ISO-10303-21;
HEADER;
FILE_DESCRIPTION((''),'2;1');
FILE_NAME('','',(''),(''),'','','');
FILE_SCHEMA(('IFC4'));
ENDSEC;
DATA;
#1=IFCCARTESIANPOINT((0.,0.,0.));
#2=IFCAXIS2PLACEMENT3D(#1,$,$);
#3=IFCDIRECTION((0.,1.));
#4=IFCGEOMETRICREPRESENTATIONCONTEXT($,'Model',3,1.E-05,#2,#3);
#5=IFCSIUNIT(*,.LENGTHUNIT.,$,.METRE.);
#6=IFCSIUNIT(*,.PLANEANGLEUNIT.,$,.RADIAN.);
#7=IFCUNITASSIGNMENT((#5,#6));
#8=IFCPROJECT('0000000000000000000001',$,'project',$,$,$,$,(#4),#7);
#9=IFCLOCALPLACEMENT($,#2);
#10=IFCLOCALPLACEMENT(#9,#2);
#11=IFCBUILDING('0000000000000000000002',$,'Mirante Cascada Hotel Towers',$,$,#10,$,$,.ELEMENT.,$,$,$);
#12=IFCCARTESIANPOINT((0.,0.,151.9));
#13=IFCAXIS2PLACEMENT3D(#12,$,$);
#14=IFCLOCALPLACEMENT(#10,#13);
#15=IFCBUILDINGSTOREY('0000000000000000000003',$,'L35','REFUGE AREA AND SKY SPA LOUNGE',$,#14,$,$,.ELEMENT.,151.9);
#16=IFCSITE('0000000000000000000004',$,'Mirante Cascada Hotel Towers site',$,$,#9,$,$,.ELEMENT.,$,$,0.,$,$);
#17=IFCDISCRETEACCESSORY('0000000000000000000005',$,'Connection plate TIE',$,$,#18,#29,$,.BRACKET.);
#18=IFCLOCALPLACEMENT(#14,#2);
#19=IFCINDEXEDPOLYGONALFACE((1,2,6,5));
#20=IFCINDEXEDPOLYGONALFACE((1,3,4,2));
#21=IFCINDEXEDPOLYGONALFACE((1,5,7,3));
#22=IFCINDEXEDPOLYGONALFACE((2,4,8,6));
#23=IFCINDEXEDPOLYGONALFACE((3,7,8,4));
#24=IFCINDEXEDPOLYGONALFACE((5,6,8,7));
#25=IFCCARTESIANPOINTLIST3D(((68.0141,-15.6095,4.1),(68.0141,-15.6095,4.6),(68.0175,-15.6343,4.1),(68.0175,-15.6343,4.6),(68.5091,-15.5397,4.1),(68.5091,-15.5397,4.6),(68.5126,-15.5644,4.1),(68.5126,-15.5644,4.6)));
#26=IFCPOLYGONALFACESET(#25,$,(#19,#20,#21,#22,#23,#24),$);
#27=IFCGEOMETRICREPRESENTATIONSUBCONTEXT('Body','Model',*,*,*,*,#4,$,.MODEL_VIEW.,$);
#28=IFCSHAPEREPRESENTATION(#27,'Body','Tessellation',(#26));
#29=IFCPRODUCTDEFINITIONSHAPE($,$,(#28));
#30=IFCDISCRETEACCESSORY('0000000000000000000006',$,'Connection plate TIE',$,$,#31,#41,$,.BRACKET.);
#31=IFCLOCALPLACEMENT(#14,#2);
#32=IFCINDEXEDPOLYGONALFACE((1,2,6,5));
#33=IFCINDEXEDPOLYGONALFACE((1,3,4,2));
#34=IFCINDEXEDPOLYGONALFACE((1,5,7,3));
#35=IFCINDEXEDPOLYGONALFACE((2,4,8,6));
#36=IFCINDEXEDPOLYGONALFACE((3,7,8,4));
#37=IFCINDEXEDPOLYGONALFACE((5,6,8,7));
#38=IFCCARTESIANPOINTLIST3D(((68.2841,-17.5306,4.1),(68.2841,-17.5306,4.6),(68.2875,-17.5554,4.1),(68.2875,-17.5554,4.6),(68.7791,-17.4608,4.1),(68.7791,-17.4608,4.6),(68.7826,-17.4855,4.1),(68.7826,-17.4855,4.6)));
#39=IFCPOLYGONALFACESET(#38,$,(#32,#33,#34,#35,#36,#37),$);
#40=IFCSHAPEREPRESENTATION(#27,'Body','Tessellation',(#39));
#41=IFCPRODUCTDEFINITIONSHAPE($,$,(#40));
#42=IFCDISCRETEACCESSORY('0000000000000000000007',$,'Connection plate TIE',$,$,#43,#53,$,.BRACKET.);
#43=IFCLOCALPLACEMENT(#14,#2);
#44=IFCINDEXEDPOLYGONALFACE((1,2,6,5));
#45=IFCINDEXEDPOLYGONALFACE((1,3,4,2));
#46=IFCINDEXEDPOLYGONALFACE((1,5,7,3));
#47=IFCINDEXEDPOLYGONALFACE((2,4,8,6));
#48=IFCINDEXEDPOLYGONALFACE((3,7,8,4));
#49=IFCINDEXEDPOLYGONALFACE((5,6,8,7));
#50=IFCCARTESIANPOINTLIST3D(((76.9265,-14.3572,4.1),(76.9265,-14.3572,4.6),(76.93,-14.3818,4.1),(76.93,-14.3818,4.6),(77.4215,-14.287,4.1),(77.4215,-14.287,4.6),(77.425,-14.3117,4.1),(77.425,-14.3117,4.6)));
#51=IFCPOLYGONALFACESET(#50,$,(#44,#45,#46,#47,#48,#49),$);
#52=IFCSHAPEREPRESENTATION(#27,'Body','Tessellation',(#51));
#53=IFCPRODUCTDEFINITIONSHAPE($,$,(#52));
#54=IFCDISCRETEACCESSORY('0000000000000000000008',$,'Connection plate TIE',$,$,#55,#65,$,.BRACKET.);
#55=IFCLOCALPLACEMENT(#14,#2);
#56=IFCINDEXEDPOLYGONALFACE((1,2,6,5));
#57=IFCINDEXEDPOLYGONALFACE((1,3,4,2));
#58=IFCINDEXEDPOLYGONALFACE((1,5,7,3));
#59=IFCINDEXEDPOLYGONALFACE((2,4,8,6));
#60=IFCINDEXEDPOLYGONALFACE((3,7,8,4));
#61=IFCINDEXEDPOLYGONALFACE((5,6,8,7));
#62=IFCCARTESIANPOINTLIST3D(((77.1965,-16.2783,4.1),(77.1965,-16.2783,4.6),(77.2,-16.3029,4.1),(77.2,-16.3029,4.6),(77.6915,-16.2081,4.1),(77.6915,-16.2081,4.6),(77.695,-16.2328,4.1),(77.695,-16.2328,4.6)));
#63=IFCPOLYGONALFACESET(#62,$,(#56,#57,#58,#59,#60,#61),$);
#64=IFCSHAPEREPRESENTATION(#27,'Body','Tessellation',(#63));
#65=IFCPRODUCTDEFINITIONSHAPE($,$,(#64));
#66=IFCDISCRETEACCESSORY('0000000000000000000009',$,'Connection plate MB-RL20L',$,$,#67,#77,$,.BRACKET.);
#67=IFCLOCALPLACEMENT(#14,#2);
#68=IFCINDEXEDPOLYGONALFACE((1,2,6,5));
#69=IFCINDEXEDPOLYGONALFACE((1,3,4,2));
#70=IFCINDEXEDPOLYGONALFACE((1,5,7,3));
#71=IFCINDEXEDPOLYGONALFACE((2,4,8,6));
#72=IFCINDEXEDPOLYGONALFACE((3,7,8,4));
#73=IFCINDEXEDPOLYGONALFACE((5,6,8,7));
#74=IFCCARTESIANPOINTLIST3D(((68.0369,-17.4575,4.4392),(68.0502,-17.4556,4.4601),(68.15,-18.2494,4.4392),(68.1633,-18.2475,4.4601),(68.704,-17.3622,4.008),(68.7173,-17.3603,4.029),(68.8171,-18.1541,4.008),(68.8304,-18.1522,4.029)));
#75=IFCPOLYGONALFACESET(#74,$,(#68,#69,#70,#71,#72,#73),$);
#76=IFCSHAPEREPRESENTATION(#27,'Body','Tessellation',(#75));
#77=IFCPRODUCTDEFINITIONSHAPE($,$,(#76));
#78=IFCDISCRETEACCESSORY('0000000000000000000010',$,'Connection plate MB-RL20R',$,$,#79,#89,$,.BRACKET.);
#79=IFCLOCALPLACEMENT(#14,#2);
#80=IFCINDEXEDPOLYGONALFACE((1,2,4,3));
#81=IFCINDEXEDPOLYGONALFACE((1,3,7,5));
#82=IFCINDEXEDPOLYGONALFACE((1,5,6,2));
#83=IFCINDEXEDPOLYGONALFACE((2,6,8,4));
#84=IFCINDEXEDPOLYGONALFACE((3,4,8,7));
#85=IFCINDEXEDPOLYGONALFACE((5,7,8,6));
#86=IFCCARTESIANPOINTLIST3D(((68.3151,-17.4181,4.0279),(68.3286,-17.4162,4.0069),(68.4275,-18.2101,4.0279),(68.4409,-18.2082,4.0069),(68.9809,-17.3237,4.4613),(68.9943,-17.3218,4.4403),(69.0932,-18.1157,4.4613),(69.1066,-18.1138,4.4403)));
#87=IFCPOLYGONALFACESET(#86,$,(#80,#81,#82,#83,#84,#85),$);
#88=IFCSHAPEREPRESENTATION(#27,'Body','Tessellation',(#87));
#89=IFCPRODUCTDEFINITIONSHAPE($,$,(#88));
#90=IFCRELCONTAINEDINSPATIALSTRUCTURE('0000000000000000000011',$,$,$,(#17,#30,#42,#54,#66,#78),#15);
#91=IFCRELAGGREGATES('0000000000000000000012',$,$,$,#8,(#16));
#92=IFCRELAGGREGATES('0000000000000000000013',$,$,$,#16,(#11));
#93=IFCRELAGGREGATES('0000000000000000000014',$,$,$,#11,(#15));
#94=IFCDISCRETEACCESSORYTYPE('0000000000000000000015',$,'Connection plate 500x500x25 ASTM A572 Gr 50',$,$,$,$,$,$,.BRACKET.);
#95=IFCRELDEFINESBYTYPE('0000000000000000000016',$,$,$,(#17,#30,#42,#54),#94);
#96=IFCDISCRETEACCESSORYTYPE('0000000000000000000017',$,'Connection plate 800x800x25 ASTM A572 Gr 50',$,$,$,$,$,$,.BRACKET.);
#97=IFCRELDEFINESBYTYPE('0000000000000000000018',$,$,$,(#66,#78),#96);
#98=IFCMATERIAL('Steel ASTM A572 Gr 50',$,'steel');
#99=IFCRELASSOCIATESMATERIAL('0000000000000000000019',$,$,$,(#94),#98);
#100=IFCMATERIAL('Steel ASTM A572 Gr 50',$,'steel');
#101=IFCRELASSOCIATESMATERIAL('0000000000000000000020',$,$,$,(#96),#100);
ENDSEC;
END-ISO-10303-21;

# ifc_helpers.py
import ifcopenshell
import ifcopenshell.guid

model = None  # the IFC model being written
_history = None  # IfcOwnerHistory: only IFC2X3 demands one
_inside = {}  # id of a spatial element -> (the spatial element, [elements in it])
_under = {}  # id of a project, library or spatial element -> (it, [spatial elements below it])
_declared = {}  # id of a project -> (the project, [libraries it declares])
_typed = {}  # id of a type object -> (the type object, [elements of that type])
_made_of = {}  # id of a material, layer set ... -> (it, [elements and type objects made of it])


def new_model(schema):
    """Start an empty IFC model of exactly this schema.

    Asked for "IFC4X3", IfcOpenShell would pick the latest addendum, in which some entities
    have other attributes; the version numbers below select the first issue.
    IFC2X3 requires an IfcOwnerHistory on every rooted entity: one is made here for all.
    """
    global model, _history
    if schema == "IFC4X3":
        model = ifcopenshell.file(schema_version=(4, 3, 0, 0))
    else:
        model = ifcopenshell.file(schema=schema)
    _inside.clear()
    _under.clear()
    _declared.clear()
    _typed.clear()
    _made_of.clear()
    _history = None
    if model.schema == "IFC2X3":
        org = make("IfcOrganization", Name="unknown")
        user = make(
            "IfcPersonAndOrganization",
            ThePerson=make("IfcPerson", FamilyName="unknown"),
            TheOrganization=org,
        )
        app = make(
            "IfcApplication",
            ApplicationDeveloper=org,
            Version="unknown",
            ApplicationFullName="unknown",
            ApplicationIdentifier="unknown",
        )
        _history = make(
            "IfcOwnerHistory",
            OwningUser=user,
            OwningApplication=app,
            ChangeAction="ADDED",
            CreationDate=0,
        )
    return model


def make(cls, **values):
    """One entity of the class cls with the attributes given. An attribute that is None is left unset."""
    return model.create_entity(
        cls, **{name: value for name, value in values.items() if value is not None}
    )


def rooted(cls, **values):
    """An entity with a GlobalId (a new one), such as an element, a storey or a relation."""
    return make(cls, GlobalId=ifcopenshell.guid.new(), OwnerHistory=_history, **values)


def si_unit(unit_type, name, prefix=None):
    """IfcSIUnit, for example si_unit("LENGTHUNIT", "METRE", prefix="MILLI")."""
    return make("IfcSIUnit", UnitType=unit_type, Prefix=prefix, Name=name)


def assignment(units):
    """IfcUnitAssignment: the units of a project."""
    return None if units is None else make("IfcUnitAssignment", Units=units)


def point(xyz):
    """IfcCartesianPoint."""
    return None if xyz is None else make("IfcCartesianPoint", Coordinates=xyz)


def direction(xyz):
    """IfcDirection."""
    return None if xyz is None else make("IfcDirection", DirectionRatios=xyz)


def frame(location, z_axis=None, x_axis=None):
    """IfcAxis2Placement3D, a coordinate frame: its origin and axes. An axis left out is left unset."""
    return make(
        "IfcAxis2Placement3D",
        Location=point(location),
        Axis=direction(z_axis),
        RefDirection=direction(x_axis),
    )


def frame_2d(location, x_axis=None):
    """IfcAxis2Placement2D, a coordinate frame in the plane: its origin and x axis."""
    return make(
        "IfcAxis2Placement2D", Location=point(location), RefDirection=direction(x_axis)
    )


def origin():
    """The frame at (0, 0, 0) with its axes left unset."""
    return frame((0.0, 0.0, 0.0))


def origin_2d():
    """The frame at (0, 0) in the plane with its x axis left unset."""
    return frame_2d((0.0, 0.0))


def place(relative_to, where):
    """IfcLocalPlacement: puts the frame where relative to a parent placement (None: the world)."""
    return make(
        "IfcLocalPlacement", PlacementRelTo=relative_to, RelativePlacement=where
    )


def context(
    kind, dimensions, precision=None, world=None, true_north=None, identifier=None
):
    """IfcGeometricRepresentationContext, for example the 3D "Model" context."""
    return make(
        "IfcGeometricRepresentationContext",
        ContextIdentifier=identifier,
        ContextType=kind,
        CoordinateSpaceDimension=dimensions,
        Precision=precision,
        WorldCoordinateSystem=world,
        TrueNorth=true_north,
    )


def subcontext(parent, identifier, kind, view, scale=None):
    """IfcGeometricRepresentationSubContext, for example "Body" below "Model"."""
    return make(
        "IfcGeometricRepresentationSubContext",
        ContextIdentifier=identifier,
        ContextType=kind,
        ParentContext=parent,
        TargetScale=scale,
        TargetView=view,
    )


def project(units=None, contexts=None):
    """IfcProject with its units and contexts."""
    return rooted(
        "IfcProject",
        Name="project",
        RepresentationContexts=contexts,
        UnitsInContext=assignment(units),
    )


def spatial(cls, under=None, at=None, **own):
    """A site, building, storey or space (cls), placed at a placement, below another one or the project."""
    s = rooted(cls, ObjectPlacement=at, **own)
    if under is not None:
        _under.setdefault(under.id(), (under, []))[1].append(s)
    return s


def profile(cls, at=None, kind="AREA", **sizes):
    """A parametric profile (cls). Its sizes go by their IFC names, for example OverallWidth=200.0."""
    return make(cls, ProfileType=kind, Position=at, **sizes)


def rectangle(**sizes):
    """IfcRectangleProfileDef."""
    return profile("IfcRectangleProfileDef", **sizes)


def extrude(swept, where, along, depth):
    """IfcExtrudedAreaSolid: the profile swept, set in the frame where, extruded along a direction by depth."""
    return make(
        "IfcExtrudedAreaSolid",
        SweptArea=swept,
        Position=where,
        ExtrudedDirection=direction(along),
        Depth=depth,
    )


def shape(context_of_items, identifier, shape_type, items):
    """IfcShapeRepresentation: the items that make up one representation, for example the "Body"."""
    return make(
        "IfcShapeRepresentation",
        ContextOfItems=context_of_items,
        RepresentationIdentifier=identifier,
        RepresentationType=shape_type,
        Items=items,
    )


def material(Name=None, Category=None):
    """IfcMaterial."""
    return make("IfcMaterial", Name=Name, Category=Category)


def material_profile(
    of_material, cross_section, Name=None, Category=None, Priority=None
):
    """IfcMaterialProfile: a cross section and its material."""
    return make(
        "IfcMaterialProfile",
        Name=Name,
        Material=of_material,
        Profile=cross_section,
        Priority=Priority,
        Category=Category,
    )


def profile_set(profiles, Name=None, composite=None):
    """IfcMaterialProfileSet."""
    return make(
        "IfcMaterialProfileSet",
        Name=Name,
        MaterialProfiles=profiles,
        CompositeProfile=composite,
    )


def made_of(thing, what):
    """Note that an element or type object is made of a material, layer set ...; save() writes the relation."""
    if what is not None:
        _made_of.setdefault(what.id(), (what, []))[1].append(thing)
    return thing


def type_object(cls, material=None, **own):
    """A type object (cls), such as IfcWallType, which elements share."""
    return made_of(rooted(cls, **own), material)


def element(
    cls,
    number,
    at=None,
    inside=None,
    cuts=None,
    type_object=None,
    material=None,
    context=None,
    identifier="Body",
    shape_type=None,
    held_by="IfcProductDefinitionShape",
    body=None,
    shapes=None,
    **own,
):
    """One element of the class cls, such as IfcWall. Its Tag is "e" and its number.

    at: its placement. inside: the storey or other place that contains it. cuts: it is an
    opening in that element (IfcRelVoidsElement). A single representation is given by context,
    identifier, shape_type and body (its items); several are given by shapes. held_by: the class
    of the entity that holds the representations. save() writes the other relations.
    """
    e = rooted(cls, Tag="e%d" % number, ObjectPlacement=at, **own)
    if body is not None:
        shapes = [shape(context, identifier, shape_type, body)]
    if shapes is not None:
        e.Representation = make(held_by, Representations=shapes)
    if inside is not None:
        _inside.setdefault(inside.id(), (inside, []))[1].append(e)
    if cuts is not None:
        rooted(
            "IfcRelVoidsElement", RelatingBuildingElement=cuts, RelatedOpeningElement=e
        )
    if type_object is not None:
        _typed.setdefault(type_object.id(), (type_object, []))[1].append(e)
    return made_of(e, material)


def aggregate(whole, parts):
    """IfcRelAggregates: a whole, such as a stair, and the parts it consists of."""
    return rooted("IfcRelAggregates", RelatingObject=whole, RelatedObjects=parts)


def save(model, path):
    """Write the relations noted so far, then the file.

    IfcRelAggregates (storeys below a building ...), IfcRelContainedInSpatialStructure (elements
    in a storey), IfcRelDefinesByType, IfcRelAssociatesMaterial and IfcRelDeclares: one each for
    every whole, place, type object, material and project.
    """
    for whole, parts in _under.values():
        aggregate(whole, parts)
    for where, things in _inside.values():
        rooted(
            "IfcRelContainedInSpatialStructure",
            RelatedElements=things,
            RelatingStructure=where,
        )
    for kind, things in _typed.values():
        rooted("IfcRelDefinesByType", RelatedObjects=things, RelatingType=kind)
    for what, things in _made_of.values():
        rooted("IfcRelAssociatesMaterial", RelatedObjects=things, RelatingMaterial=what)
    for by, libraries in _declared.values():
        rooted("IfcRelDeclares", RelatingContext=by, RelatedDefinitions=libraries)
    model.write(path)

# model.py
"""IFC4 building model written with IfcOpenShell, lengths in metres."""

from ifc_helpers import new_model, si_unit, direction, frame, origin, origin_2d, place, context, subcontext, project, spatial, rectangle, extrude, material, material_profile, profile_set, type_object, element, save


model = new_model("IFC4")

# Units and contexts
model_context = context("Model", 3, precision=1e-05, world=origin(), true_north=direction((0.0, 1.0)))
body_context = subcontext(model_context, "Body", "Model", "MODEL_VIEW")
ifc_project = project(units=[si_unit("LENGTHUNIT", "METRE"), si_unit("PLANEANGLEUNIT", "RADIAN")], contexts=[model_context])

# Site, building, storey
site_placement = place(None, origin())
site = spatial("IfcSite", under=ifc_project, at=site_placement, Name="Mirante Cascada Hotel Towers site", CompositionType="ELEMENT", RefElevation=0.0)
building_placement = place(site_placement, origin())
building = spatial("IfcBuilding", under=site, at=building_placement, Name="Mirante Cascada Hotel Towers", CompositionType="ELEMENT")
storey_placement = place(building_placement, frame((0.0, 0.0, 151.9)))
storey = spatial("IfcBuildingStorey", under=building, at=storey_placement, Name="L35", Description="REFUGE AREA AND SKY SPA LOUNGE", CompositionType="ELEMENT", Elevation=151.9)

# Discrete accessories
ifc_material_1 = material(Name="Steel ASTM A572 Gr 50", Category="steel")
ifc_material_profile_1 = material_profile(ifc_material_1, rectangle(XDim=0.5, YDim=0.5, at=origin_2d()), Name="Connection plate 500x500x25 ASTM A572 Gr 50")
ifc_profile_set_1 = profile_set([ifc_material_profile_1], Name="Steel ASTM A572 Gr 50")
discrete_accessory_type_1 = type_object("IfcDiscreteAccessoryType", Name="Connection plate 500x500x25 ASTM A572 Gr 50", PredefinedType="BRACKET", material=ifc_profile_set_1)
for number, where, z_axis, x_axis, name in (
    (1, (68.2616, -15.5746, 4.35), (0.139744, -0.990188, 0.0), (0.990188, 0.139744, 0.0), "Connection plate TIE"),
    (2, (68.5316, -17.4957, 4.35), (0.139744, -0.990188, 0.0), (0.990188, 0.139744, 0.0), "Connection plate TIE"),
):
    element("IfcDiscreteAccessory", number, at=place(storey_placement, frame(where, z_axis=z_axis, x_axis=x_axis)), inside=storey, type_object=discrete_accessory_type_1, Name=name, PredefinedType="BRACKET", context=body_context, shape_type="SweptSolid", body=[
        extrude(rectangle(XDim=0.5, YDim=0.5, at=origin_2d()), origin(), (0.0, 0.0, 1.0), 0.025),
    ])
for number, where, z_axis, x_axis, name in (
    (3, (77.174, -14.3221, 4.35), (0.140299, -0.990109, 0.0), (0.990109, 0.140299, 0.0), "Connection plate TIE"),
    (4, (77.444, -16.2432, 4.35), (0.140299, -0.990109, 0.0), (0.990109, 0.140299, 0.0), "Connection plate TIE"),
):
    element("IfcDiscreteAccessory", number, at=place(storey_placement, frame(where, z_axis=z_axis, x_axis=x_axis)), inside=storey, type_object=discrete_accessory_type_1, Name=name, PredefinedType="BRACKET", context=body_context, shape_type="SweptSolid", body=[
        extrude(rectangle(XDim=0.5, YDim=0.5, at=origin_2d()), origin(), (0.0, 0.0, 1.0), 0.0249),
    ])
ifc_material_2 = material(Name="Steel ASTM A572 Gr 50", Category="steel")
ifc_material_profile_2 = material_profile(ifc_material_2, rectangle(XDim=0.8, YDim=0.8, at=origin_2d()), Name="Connection plate 800x800x25 ASTM A572 Gr 50")
ifc_profile_set_2 = profile_set([ifc_material_profile_2], Name="Steel ASTM A572 Gr 50")
discrete_accessory_type_2 = type_object("IfcDiscreteAccessoryType", Name="Connection plate 800x800x25 ASTM A572 Gr 50", PredefinedType="BRACKET", material=ifc_profile_set_2)
discrete_accessory_1_placement = place(storey_placement, frame((68.427, -17.8058, 4.2236), z_axis=(0.533496, 0.076214, 0.842362), x_axis=(-0.141421, 0.98995, 0.0)))
element("IfcDiscreteAccessory", 5, at=discrete_accessory_1_placement, inside=storey, type_object=discrete_accessory_type_2, Name="Connection plate MB-RL20L", PredefinedType="BRACKET", context=body_context, shape_type="SweptSolid", body=[
    extrude(rectangle(XDim=0.8, YDim=0.8, at=origin_2d()), origin(), (0.0, 0.0, 1.0), 0.0249),
])
discrete_accessory_2_placement = place(storey_placement, frame((68.7176, -17.765, 4.2236), z_axis=(-0.536356, -0.07605, 0.840558), x_axis=(0.140387, -0.990097, 0.0)))
element("IfcDiscreteAccessory", 6, at=discrete_accessory_2_placement, inside=storey, type_object=discrete_accessory_type_2, Name="Connection plate MB-RL20R", PredefinedType="BRACKET", context=body_context, shape_type="SweptSolid", body=[
    extrude(rectangle(XDim=0.8, YDim=0.8, at=origin_2d()), origin(), (0.0, 0.0, 1.0), 0.025),
])

save(model, "model.ifc")
